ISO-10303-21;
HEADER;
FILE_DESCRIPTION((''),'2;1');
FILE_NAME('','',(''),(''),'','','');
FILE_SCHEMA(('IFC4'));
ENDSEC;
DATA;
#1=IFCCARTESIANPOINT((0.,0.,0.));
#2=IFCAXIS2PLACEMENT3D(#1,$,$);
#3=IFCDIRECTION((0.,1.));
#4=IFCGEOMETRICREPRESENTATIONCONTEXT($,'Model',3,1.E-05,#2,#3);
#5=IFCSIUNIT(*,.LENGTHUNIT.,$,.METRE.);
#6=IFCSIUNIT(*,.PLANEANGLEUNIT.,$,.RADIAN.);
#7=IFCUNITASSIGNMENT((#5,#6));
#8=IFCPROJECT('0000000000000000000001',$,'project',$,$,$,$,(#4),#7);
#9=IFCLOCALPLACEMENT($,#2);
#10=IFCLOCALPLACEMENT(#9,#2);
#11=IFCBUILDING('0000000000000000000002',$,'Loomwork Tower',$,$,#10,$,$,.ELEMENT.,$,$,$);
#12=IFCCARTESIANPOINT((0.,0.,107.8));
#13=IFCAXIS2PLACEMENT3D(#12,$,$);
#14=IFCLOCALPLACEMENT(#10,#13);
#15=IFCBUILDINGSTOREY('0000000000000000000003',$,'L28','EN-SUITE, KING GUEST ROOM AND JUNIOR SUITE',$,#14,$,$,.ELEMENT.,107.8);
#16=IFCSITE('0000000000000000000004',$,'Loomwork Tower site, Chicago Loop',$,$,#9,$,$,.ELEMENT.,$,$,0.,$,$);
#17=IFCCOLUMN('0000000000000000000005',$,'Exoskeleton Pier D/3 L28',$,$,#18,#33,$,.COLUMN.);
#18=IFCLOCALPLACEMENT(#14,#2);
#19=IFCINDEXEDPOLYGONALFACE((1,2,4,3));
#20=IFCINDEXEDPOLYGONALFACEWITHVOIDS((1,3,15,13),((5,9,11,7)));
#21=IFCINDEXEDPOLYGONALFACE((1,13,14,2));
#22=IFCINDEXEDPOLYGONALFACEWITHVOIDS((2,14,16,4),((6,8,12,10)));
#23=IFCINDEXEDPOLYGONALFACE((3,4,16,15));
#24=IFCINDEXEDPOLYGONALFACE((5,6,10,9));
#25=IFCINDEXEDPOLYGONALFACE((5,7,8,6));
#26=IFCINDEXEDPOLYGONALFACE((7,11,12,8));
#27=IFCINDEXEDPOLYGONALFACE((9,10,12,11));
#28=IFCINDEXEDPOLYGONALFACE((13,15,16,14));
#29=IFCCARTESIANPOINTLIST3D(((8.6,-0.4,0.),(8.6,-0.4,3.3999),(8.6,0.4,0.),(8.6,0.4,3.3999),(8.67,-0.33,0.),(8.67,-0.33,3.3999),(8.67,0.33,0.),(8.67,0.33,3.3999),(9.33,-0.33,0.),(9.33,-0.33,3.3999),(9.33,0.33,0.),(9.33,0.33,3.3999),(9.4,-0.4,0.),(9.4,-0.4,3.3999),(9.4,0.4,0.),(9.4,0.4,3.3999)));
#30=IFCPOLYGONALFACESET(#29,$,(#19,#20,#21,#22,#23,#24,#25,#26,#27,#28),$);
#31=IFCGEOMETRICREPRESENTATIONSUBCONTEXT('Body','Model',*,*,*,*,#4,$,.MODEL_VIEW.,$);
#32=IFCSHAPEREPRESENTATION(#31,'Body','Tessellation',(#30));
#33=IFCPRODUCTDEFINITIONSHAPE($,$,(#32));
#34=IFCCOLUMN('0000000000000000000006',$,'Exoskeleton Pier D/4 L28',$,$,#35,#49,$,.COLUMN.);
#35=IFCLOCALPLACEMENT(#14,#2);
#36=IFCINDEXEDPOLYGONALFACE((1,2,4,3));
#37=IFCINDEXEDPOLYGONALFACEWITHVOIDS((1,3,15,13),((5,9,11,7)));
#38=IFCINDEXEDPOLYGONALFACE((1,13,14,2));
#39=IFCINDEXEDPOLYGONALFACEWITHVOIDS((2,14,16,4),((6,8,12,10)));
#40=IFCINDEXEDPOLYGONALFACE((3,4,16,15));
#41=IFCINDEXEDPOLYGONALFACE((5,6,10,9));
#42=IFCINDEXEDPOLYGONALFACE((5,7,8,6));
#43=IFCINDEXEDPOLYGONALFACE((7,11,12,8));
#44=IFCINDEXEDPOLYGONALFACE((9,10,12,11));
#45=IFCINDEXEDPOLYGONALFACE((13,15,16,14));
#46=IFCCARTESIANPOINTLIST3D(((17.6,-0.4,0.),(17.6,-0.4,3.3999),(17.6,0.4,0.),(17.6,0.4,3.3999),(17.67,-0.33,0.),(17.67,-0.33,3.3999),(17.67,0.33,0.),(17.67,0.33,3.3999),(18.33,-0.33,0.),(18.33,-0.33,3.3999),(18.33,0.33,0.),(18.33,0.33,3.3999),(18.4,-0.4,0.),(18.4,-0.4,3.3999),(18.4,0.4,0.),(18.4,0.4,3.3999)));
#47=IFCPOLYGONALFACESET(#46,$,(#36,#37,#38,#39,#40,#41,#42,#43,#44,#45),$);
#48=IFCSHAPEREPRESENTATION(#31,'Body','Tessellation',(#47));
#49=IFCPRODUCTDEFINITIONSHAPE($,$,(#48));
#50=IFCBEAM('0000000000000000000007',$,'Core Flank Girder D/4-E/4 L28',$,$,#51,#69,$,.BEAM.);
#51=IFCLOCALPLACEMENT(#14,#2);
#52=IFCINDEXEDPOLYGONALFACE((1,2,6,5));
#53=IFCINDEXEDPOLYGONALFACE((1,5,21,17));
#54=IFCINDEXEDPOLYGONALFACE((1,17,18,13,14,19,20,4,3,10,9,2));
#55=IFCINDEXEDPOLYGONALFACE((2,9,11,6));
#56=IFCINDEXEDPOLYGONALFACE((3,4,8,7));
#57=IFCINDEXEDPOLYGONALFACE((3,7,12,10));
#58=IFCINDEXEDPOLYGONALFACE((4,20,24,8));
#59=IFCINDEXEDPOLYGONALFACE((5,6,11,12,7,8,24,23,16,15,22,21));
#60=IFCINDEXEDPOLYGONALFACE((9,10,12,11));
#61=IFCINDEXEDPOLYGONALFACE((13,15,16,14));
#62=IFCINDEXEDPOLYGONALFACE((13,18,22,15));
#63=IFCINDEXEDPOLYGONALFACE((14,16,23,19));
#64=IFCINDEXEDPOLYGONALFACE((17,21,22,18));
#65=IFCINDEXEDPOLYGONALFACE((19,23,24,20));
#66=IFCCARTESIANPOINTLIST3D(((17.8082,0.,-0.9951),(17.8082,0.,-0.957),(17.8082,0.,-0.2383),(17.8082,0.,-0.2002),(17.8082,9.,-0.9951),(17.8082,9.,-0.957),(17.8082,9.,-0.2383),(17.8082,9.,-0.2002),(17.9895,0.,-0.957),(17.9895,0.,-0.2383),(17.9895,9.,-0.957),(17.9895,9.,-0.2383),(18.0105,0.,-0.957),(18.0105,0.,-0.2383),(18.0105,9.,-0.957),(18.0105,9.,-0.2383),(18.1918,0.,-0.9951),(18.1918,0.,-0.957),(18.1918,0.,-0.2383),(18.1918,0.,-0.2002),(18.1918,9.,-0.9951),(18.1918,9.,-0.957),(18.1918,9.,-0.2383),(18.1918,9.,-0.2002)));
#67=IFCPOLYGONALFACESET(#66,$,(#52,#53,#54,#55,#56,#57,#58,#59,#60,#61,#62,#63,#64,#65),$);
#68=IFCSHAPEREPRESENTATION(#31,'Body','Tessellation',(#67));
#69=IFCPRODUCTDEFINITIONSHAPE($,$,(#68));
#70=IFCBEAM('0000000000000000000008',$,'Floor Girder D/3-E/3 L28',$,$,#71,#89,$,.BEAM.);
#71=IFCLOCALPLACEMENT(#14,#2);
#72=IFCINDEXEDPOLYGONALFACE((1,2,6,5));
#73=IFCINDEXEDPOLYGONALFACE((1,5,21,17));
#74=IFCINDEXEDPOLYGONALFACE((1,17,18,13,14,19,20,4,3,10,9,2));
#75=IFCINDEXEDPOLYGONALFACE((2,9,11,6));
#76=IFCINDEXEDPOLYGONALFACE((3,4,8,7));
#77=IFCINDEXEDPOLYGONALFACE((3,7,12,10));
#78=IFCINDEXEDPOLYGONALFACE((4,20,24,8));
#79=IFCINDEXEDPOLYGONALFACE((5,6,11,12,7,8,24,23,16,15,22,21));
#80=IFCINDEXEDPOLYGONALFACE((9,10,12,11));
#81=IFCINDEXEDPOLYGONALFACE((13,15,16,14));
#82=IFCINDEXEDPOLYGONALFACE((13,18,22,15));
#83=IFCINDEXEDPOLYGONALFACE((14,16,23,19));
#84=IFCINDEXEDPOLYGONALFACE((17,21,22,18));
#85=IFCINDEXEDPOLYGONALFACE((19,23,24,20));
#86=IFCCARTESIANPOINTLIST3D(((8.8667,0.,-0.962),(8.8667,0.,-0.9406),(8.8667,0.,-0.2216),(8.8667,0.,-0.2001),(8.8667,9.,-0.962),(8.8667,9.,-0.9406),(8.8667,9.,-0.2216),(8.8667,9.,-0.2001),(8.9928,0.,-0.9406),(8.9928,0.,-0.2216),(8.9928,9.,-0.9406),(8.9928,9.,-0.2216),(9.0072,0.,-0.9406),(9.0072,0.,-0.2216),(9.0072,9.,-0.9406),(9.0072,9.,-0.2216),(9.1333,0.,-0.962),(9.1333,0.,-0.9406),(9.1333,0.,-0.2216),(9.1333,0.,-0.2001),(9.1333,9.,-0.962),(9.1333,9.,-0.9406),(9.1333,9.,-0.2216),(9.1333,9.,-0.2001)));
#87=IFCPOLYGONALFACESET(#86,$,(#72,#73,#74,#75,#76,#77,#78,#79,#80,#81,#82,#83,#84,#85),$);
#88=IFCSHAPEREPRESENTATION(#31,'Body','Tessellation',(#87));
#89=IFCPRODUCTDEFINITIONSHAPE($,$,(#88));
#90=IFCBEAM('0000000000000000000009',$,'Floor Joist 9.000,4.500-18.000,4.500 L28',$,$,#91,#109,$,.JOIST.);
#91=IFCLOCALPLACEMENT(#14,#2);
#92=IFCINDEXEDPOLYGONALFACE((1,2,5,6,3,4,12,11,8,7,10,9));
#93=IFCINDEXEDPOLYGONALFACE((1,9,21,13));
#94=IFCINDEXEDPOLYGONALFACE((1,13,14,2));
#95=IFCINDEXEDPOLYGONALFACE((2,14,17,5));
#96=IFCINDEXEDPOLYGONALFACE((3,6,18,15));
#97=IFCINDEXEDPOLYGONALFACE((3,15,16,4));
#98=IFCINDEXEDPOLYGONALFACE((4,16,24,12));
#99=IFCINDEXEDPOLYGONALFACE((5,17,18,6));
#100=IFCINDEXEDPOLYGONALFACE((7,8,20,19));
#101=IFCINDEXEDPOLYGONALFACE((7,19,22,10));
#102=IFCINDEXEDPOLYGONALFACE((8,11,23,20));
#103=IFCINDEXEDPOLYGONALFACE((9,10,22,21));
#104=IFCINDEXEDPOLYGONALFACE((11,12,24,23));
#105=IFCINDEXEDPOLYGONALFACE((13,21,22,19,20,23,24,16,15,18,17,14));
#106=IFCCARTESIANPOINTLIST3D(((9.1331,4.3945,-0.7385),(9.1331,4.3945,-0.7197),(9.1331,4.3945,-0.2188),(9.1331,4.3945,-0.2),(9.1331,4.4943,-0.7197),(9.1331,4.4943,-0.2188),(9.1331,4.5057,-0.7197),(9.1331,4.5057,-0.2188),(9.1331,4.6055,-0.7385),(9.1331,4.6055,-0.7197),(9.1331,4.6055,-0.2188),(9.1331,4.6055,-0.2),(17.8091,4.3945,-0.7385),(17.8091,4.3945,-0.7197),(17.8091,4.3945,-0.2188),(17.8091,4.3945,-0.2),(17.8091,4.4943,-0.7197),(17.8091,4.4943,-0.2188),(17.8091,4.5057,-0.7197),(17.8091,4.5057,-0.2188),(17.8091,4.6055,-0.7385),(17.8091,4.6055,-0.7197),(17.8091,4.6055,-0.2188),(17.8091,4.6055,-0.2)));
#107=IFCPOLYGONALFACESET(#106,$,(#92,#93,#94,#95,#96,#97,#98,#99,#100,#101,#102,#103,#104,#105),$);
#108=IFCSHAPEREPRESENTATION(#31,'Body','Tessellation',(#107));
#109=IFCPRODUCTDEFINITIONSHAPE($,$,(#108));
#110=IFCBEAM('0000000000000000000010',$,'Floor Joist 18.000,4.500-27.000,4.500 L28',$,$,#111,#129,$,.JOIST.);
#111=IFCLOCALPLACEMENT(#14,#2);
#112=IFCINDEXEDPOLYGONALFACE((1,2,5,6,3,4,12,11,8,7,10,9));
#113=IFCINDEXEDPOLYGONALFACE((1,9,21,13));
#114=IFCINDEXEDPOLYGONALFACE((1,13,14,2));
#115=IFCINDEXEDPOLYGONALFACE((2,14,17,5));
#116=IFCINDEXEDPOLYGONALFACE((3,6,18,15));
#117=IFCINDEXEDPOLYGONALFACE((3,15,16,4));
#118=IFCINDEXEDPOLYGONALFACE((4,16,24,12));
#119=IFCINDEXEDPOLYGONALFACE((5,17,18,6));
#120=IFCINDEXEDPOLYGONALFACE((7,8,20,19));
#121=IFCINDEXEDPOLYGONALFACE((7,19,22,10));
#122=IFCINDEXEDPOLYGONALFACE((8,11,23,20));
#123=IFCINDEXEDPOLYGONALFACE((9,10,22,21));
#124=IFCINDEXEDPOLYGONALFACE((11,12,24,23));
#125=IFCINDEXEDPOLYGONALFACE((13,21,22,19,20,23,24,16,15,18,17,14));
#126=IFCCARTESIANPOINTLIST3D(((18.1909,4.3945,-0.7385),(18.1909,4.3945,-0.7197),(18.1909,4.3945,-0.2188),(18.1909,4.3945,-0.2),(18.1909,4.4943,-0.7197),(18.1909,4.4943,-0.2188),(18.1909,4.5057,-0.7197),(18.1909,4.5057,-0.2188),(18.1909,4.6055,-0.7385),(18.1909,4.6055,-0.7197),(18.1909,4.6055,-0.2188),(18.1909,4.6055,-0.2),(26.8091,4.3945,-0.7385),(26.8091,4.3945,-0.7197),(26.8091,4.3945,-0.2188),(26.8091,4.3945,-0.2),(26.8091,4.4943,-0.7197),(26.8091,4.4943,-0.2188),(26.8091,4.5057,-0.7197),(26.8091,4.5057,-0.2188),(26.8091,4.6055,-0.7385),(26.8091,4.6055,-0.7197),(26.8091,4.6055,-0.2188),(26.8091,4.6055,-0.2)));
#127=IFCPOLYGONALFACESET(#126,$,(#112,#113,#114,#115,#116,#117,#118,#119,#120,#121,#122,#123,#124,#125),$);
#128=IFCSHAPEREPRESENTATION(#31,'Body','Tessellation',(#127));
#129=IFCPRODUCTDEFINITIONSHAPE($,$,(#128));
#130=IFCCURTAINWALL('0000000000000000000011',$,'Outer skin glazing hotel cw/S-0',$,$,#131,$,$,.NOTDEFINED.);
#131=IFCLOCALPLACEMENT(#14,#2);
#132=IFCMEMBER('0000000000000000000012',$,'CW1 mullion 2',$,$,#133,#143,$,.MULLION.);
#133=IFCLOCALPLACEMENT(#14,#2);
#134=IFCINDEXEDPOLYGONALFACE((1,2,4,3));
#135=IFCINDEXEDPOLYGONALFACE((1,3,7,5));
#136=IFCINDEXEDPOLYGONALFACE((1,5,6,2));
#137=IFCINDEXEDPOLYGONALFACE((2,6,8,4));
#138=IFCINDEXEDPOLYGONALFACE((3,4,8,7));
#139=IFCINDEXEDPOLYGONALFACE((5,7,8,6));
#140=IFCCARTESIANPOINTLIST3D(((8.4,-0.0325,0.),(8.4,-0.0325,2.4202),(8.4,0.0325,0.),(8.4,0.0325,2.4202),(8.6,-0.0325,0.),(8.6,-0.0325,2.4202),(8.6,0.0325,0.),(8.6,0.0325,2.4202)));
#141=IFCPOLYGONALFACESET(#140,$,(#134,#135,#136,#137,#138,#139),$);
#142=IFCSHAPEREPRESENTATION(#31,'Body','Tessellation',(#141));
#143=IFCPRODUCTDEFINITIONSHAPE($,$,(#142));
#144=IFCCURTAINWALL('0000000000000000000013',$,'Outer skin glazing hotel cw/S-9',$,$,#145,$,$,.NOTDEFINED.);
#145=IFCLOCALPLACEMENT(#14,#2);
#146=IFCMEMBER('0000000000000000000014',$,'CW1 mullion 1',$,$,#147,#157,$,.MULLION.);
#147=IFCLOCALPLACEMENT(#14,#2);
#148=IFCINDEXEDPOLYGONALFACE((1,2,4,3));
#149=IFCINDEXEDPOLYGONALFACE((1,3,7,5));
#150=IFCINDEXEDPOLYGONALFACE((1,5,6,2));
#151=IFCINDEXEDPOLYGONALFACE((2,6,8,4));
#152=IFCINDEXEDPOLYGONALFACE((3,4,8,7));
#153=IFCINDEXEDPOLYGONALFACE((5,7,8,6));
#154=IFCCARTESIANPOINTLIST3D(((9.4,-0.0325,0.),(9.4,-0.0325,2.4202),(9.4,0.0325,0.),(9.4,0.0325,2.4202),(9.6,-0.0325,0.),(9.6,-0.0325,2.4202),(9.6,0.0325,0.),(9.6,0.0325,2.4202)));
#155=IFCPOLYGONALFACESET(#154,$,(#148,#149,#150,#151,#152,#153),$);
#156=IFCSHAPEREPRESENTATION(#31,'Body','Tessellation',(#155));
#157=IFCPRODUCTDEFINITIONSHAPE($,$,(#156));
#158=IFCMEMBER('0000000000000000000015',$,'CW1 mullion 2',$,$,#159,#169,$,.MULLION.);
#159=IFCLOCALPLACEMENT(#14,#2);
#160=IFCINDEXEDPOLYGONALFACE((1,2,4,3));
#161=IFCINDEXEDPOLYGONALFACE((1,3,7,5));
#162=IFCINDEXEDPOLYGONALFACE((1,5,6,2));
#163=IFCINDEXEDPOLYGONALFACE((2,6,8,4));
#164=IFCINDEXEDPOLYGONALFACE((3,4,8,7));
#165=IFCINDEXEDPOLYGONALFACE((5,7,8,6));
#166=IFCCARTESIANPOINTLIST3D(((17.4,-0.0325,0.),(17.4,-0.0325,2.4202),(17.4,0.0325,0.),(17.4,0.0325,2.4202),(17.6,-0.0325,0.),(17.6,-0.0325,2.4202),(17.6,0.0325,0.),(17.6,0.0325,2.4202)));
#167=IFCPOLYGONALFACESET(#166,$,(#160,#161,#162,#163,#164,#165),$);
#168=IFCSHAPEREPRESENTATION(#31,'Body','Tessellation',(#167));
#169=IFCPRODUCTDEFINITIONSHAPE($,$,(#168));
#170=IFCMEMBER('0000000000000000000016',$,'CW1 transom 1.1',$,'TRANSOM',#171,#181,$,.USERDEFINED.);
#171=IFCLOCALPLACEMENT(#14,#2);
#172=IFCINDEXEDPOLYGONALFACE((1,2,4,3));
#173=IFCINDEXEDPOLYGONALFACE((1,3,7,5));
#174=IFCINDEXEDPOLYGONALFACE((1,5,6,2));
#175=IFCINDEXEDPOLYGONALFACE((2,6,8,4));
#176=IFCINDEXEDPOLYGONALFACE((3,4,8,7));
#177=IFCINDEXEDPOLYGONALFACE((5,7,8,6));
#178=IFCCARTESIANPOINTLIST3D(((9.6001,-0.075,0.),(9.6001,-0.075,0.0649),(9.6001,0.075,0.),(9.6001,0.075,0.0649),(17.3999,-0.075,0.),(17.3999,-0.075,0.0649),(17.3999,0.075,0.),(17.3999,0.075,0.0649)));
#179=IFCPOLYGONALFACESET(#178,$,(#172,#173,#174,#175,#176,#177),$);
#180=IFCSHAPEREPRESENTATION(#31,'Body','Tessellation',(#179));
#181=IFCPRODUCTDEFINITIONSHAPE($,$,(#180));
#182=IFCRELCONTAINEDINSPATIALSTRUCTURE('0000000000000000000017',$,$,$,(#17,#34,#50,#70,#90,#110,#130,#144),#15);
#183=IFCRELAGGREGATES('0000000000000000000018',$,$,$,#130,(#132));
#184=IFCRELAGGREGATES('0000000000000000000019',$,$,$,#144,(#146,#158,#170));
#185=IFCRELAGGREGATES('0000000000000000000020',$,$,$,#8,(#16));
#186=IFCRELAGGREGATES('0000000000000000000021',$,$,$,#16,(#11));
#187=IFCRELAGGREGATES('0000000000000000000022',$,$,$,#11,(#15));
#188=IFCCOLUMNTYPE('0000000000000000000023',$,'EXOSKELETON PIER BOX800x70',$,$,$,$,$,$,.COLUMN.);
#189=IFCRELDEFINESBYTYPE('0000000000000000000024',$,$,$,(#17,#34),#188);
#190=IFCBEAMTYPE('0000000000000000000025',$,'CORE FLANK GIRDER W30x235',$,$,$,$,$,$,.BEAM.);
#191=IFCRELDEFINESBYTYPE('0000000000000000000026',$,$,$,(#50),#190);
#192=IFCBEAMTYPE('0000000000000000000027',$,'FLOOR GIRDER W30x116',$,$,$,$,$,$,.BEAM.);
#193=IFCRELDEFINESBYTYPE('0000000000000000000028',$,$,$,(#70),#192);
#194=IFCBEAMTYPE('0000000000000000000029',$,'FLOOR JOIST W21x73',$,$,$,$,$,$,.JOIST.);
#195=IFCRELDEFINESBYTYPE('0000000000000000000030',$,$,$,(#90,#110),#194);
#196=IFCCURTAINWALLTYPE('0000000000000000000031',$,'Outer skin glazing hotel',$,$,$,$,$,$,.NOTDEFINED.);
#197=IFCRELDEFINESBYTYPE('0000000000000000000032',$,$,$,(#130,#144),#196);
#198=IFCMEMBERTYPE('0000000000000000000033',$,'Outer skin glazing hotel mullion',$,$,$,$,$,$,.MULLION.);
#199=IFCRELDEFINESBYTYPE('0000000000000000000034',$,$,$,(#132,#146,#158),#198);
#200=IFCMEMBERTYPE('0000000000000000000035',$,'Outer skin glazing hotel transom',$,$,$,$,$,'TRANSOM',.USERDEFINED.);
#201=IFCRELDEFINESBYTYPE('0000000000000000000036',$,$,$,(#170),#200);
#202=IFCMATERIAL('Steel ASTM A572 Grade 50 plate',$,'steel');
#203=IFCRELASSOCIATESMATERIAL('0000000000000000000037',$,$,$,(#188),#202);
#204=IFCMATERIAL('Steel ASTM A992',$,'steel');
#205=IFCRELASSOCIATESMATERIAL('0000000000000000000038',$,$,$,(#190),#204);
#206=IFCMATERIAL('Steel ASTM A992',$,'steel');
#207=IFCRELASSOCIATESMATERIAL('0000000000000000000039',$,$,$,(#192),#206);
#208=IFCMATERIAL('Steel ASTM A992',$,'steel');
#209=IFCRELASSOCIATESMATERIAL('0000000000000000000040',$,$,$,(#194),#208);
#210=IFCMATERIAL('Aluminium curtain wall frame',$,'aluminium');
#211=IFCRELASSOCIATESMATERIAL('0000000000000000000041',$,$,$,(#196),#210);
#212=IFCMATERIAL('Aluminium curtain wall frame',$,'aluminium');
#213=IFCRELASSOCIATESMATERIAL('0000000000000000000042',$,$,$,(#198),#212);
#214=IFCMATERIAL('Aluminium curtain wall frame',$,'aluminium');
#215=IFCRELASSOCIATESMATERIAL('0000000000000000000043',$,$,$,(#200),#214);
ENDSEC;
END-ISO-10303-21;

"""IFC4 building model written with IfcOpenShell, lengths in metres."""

from ifc_helpers import new_model, si_unit, direction, frame, origin, origin_2d, place, context, subcontext, project, spatial, rectangle, hollow_rectangle, i_section, extrude, material, material_profile, profile_set, type_object, element, aggregate, save


model = new_model("IFC4")

# Units and contexts
model_context = context("Model", 3, precision=1e-05, world=origin(), true_north=direction((0.0, 1.0)))
body_context = subcontext(model_context, "Body", "Model", "MODEL_VIEW")
ifc_project = project(units=[si_unit("LENGTHUNIT", "METRE"), si_unit("PLANEANGLEUNIT", "RADIAN")], contexts=[model_context])

# Site, building, storey
site_placement = place(None, origin())
site = spatial("IfcSite", under=ifc_project, at=site_placement, Name="Loomwork Tower site, Chicago Loop", CompositionType="ELEMENT", RefElevation=0.0)
building_placement = place(site_placement, origin())
building = spatial("IfcBuilding", under=site, at=building_placement, Name="Loomwork Tower", CompositionType="ELEMENT")
storey_placement = place(building_placement, frame((0.0, 0.0, 107.8)))
storey = spatial("IfcBuildingStorey", under=building, at=storey_placement, Name="L28", Description="EN-SUITE, KING GUEST ROOM AND JUNIOR SUITE", CompositionType="ELEMENT", Elevation=107.8)

# Columns
ifc_material_1 = material(Name="Steel ASTM A572 Grade 50 plate", Category="steel")
ifc_material_profile_1 = material_profile(ifc_material_1, hollow_rectangle(XDim=0.8, YDim=0.8, WallThickness=0.0701, at=origin_2d()), Name="BOX800x70")
ifc_profile_set_1 = profile_set([ifc_material_profile_1], Name="Steel ASTM A572 Grade 50 plate")
column_type = type_object("IfcColumnType", Name="EXOSKELETON PIER BOX800x70", PredefinedType="COLUMN", material=ifc_profile_set_1)
for number, where, z_axis, x_axis, name in (
    (1, (9.0, 0.0, 0.0), (0.0, 0.0, 1.0), (1.0, 0.0, 0.0), "Exoskeleton Pier D/3 L28"),
    (2, (18.0, 0.0, 0.0), (0.0, 0.0, 1.0), (1.0, 0.0, 0.0), "Exoskeleton Pier D/4 L28"),
):
    element("IfcColumn", number, at=place(storey_placement, frame(where, z_axis=z_axis, x_axis=x_axis)), inside=storey, type_object=column_type, Name=name, PredefinedType="COLUMN", context=body_context, shape_type="SweptSolid", body=[
        extrude(hollow_rectangle(XDim=0.8, YDim=0.8, WallThickness=0.0701, at=origin_2d()), origin(), (0.0, 0.0, 1.0), 3.3999),
    ])

# Beams
ifc_material_2 = material(Name="Steel ASTM A992", Category="steel")
ifc_material_profile_2 = material_profile(ifc_material_2, i_section(OverallWidth=0.3835, OverallDepth=0.7949, WebThickness=0.021, FlangeThickness=0.0381, at=origin_2d()), Name="W30x235")
ifc_profile_set_2 = profile_set([ifc_material_profile_2], Name="Steel ASTM A992")
beam_type_1 = type_object("IfcBeamType", Name="CORE FLANK GIRDER W30x235", PredefinedType="BEAM", material=ifc_profile_set_2)
beam_1_placement = place(storey_placement, frame((18.0, 0.0, -0.5977), z_axis=(0.0, 1.0, 0.0), x_axis=(-1.0, 0.0, 0.0)))
element("IfcBeam", 3, at=beam_1_placement, inside=storey, type_object=beam_type_1, Name="Core Flank Girder D/4-E/4 L28", PredefinedType="BEAM", context=body_context, shape_type="SweptSolid", body=[
    extrude(i_section(OverallWidth=0.3835, OverallDepth=0.7949, WebThickness=0.021, FlangeThickness=0.0381, at=origin_2d()), origin(), (0.0, 0.0, 1.0), 9.0),
])
ifc_material_3 = material(Name="Steel ASTM A992", Category="steel")
ifc_material_profile_3 = material_profile(ifc_material_3, i_section(OverallWidth=0.2666, OverallDepth=0.762, WebThickness=0.0144, FlangeThickness=0.0215, at=origin_2d()), Name="W30x116")
ifc_profile_set_3 = profile_set([ifc_material_profile_3], Name="Steel ASTM A992")
beam_type_2 = type_object("IfcBeamType", Name="FLOOR GIRDER W30x116", PredefinedType="BEAM", material=ifc_profile_set_3)
beam_2_placement = place(storey_placement, frame((9.0, 0.0, -0.5811), z_axis=(0.0, 1.0, 0.0), x_axis=(-1.0, 0.0, 0.0)))
element("IfcBeam", 4, at=beam_2_placement, inside=storey, type_object=beam_type_2, Name="Floor Girder D/3-E/3 L28", PredefinedType="BEAM", context=body_context, shape_type="SweptSolid", body=[
    extrude(i_section(OverallWidth=0.2666, OverallDepth=0.762, WebThickness=0.0144, FlangeThickness=0.0215, at=origin_2d()), origin(), (0.0, 0.0, 1.0), 9.0),
])
ifc_material_4 = material(Name="Steel ASTM A992", Category="steel")
ifc_material_profile_4 = material_profile(ifc_material_4, i_section(OverallWidth=0.2109, OverallDepth=0.5386, WebThickness=0.0115, FlangeThickness=0.0188, at=origin_2d()), Name="W21x73")
ifc_profile_set_4 = profile_set([ifc_material_profile_4], Name="Steel ASTM A992")
beam_type_3 = type_object("IfcBeamType", Name="FLOOR JOIST W21x73", PredefinedType="JOIST", material=ifc_profile_set_4)
beam_3_placement = place(storey_placement, frame((9.1331, 4.5, -0.4692), z_axis=(1.0, 0.0, 0.0), x_axis=(0.0, 1.0, 0.0)))
element("IfcBeam", 5, at=beam_3_placement, inside=storey, type_object=beam_type_3, Name="Floor Joist 9.000,4.500-18.000,4.500 L28", PredefinedType="JOIST", context=body_context, shape_type="SweptSolid", body=[
    extrude(i_section(OverallWidth=0.2109, OverallDepth=0.5386, WebThickness=0.0115, FlangeThickness=0.0188, at=origin_2d()), origin(), (0.0, 0.0, 1.0), 8.676),
])
beam_4_placement = place(storey_placement, frame((18.1909, 4.5, -0.4692), z_axis=(1.0, 0.0, 0.0), x_axis=(0.0, 1.0, 0.0)))
element("IfcBeam", 6, at=beam_4_placement, inside=storey, type_object=beam_type_3, Name="Floor Joist 18.000,4.500-27.000,4.500 L28", PredefinedType="JOIST", context=body_context, shape_type="SweptSolid", body=[
    extrude(i_section(OverallWidth=0.2109, OverallDepth=0.5386, WebThickness=0.0115, FlangeThickness=0.0188, at=origin_2d()), origin(), (0.0, 0.0, 1.0), 8.6182),
])

# Curtain wall, member
ifc_material_5 = material(Name="Aluminium curtain wall frame", Category="aluminium")
curtain_wall_type = type_object("IfcCurtainWallType", Name="Outer skin glazing hotel", PredefinedType="NOTDEFINED", material=ifc_material_5)
curtain_wall_1_placement = place(storey_placement, origin())
curtain_wall_1 = element("IfcCurtainWall", 7, at=curtain_wall_1_placement, inside=storey, type_object=curtain_wall_type, Name="Outer skin glazing hotel cw/S-0", PredefinedType="NOTDEFINED")
ifc_material_6 = material(Name="Aluminium curtain wall frame", Category="aluminium")
ifc_material_profile_5 = material_profile(ifc_material_6, rectangle(XDim=0.0649, YDim=0.2, at=origin_2d()), Name="AL 65x200")
ifc_profile_set_5 = profile_set([ifc_material_profile_5], Name="Aluminium curtain wall frame")
member_type_1 = type_object("IfcMemberType", Name="Outer skin glazing hotel mullion", PredefinedType="MULLION", material=ifc_profile_set_5)
member_1_placement = place(storey_placement, frame((8.5, 0.0, 0.0), z_axis=(0.0, 0.0, 1.0), x_axis=(0.0, 1.0, 0.0)))
member_1 = element("IfcMember", 8, at=member_1_placement, type_object=member_type_1, Name="CW1 mullion 2", PredefinedType="MULLION", context=body_context, shape_type="SweptSolid", body=[
    extrude(rectangle(XDim=0.0649, YDim=0.2, at=origin_2d()), origin(), (0.0, 0.0, 1.0), 2.4202),
])
aggregate(curtain_wall_1, [member_1])

# Curtain wall, members
curtain_wall_2_placement = place(storey_placement, origin())
curtain_wall_2 = element("IfcCurtainWall", 9, at=curtain_wall_2_placement, inside=storey, type_object=curtain_wall_type, Name="Outer skin glazing hotel cw/S-9", PredefinedType="NOTDEFINED")
member_2_placement = place(storey_placement, frame((9.5, 0.0, 0.0), z_axis=(0.0, 0.0, 1.0), x_axis=(0.0, 1.0, 0.0)))
member_2 = element("IfcMember", 10, at=member_2_placement, type_object=member_type_1, Name="CW1 mullion 1", PredefinedType="MULLION", context=body_context, shape_type="SweptSolid", body=[
    extrude(rectangle(XDim=0.0649, YDim=0.2, at=origin_2d()), origin(), (0.0, 0.0, 1.0), 2.4202),
])
member_3_placement = place(storey_placement, frame((17.5, 0.0, 0.0), z_axis=(0.0, 0.0, 1.0), x_axis=(0.0, 1.0, 0.0)))
member_3 = element("IfcMember", 11, at=member_3_placement, type_object=member_type_1, Name="CW1 mullion 2", PredefinedType="MULLION", context=body_context, shape_type="SweptSolid", body=[
    extrude(rectangle(XDim=0.0649, YDim=0.2, at=origin_2d()), origin(), (0.0, 0.0, 1.0), 2.4202),
])
ifc_material_7 = material(Name="Aluminium curtain wall frame", Category="aluminium")
ifc_material_profile_6 = material_profile(ifc_material_7, rectangle(XDim=0.1499, YDim=0.0649, at=origin_2d()), Name="AL 65x150")
ifc_profile_set_6 = profile_set([ifc_material_profile_6], Name="Aluminium curtain wall frame")
member_type_2 = type_object("IfcMemberType", Name="Outer skin glazing hotel transom", ElementType="TRANSOM", PredefinedType="USERDEFINED", material=ifc_profile_set_6)
member_4_placement = place(storey_placement, frame((9.6001, 0.0, 0.0325), z_axis=(1.0, 0.0, 0.0), x_axis=(0.0, 1.0, 0.0)))
member_4 = element("IfcMember", 12, at=member_4_placement, type_object=member_type_2, Name="CW1 transom 1.1", ObjectType="TRANSOM", PredefinedType="USERDEFINED", context=body_context, shape_type="SweptSolid", body=[
    extrude(rectangle(XDim=0.1499, YDim=0.0649, at=origin_2d()), origin(), (0.0, 0.0, 1.0), 7.7998),
])

aggregate(curtain_wall_2, [member_2, member_3, member_4])

save(model, "model.ifc")
